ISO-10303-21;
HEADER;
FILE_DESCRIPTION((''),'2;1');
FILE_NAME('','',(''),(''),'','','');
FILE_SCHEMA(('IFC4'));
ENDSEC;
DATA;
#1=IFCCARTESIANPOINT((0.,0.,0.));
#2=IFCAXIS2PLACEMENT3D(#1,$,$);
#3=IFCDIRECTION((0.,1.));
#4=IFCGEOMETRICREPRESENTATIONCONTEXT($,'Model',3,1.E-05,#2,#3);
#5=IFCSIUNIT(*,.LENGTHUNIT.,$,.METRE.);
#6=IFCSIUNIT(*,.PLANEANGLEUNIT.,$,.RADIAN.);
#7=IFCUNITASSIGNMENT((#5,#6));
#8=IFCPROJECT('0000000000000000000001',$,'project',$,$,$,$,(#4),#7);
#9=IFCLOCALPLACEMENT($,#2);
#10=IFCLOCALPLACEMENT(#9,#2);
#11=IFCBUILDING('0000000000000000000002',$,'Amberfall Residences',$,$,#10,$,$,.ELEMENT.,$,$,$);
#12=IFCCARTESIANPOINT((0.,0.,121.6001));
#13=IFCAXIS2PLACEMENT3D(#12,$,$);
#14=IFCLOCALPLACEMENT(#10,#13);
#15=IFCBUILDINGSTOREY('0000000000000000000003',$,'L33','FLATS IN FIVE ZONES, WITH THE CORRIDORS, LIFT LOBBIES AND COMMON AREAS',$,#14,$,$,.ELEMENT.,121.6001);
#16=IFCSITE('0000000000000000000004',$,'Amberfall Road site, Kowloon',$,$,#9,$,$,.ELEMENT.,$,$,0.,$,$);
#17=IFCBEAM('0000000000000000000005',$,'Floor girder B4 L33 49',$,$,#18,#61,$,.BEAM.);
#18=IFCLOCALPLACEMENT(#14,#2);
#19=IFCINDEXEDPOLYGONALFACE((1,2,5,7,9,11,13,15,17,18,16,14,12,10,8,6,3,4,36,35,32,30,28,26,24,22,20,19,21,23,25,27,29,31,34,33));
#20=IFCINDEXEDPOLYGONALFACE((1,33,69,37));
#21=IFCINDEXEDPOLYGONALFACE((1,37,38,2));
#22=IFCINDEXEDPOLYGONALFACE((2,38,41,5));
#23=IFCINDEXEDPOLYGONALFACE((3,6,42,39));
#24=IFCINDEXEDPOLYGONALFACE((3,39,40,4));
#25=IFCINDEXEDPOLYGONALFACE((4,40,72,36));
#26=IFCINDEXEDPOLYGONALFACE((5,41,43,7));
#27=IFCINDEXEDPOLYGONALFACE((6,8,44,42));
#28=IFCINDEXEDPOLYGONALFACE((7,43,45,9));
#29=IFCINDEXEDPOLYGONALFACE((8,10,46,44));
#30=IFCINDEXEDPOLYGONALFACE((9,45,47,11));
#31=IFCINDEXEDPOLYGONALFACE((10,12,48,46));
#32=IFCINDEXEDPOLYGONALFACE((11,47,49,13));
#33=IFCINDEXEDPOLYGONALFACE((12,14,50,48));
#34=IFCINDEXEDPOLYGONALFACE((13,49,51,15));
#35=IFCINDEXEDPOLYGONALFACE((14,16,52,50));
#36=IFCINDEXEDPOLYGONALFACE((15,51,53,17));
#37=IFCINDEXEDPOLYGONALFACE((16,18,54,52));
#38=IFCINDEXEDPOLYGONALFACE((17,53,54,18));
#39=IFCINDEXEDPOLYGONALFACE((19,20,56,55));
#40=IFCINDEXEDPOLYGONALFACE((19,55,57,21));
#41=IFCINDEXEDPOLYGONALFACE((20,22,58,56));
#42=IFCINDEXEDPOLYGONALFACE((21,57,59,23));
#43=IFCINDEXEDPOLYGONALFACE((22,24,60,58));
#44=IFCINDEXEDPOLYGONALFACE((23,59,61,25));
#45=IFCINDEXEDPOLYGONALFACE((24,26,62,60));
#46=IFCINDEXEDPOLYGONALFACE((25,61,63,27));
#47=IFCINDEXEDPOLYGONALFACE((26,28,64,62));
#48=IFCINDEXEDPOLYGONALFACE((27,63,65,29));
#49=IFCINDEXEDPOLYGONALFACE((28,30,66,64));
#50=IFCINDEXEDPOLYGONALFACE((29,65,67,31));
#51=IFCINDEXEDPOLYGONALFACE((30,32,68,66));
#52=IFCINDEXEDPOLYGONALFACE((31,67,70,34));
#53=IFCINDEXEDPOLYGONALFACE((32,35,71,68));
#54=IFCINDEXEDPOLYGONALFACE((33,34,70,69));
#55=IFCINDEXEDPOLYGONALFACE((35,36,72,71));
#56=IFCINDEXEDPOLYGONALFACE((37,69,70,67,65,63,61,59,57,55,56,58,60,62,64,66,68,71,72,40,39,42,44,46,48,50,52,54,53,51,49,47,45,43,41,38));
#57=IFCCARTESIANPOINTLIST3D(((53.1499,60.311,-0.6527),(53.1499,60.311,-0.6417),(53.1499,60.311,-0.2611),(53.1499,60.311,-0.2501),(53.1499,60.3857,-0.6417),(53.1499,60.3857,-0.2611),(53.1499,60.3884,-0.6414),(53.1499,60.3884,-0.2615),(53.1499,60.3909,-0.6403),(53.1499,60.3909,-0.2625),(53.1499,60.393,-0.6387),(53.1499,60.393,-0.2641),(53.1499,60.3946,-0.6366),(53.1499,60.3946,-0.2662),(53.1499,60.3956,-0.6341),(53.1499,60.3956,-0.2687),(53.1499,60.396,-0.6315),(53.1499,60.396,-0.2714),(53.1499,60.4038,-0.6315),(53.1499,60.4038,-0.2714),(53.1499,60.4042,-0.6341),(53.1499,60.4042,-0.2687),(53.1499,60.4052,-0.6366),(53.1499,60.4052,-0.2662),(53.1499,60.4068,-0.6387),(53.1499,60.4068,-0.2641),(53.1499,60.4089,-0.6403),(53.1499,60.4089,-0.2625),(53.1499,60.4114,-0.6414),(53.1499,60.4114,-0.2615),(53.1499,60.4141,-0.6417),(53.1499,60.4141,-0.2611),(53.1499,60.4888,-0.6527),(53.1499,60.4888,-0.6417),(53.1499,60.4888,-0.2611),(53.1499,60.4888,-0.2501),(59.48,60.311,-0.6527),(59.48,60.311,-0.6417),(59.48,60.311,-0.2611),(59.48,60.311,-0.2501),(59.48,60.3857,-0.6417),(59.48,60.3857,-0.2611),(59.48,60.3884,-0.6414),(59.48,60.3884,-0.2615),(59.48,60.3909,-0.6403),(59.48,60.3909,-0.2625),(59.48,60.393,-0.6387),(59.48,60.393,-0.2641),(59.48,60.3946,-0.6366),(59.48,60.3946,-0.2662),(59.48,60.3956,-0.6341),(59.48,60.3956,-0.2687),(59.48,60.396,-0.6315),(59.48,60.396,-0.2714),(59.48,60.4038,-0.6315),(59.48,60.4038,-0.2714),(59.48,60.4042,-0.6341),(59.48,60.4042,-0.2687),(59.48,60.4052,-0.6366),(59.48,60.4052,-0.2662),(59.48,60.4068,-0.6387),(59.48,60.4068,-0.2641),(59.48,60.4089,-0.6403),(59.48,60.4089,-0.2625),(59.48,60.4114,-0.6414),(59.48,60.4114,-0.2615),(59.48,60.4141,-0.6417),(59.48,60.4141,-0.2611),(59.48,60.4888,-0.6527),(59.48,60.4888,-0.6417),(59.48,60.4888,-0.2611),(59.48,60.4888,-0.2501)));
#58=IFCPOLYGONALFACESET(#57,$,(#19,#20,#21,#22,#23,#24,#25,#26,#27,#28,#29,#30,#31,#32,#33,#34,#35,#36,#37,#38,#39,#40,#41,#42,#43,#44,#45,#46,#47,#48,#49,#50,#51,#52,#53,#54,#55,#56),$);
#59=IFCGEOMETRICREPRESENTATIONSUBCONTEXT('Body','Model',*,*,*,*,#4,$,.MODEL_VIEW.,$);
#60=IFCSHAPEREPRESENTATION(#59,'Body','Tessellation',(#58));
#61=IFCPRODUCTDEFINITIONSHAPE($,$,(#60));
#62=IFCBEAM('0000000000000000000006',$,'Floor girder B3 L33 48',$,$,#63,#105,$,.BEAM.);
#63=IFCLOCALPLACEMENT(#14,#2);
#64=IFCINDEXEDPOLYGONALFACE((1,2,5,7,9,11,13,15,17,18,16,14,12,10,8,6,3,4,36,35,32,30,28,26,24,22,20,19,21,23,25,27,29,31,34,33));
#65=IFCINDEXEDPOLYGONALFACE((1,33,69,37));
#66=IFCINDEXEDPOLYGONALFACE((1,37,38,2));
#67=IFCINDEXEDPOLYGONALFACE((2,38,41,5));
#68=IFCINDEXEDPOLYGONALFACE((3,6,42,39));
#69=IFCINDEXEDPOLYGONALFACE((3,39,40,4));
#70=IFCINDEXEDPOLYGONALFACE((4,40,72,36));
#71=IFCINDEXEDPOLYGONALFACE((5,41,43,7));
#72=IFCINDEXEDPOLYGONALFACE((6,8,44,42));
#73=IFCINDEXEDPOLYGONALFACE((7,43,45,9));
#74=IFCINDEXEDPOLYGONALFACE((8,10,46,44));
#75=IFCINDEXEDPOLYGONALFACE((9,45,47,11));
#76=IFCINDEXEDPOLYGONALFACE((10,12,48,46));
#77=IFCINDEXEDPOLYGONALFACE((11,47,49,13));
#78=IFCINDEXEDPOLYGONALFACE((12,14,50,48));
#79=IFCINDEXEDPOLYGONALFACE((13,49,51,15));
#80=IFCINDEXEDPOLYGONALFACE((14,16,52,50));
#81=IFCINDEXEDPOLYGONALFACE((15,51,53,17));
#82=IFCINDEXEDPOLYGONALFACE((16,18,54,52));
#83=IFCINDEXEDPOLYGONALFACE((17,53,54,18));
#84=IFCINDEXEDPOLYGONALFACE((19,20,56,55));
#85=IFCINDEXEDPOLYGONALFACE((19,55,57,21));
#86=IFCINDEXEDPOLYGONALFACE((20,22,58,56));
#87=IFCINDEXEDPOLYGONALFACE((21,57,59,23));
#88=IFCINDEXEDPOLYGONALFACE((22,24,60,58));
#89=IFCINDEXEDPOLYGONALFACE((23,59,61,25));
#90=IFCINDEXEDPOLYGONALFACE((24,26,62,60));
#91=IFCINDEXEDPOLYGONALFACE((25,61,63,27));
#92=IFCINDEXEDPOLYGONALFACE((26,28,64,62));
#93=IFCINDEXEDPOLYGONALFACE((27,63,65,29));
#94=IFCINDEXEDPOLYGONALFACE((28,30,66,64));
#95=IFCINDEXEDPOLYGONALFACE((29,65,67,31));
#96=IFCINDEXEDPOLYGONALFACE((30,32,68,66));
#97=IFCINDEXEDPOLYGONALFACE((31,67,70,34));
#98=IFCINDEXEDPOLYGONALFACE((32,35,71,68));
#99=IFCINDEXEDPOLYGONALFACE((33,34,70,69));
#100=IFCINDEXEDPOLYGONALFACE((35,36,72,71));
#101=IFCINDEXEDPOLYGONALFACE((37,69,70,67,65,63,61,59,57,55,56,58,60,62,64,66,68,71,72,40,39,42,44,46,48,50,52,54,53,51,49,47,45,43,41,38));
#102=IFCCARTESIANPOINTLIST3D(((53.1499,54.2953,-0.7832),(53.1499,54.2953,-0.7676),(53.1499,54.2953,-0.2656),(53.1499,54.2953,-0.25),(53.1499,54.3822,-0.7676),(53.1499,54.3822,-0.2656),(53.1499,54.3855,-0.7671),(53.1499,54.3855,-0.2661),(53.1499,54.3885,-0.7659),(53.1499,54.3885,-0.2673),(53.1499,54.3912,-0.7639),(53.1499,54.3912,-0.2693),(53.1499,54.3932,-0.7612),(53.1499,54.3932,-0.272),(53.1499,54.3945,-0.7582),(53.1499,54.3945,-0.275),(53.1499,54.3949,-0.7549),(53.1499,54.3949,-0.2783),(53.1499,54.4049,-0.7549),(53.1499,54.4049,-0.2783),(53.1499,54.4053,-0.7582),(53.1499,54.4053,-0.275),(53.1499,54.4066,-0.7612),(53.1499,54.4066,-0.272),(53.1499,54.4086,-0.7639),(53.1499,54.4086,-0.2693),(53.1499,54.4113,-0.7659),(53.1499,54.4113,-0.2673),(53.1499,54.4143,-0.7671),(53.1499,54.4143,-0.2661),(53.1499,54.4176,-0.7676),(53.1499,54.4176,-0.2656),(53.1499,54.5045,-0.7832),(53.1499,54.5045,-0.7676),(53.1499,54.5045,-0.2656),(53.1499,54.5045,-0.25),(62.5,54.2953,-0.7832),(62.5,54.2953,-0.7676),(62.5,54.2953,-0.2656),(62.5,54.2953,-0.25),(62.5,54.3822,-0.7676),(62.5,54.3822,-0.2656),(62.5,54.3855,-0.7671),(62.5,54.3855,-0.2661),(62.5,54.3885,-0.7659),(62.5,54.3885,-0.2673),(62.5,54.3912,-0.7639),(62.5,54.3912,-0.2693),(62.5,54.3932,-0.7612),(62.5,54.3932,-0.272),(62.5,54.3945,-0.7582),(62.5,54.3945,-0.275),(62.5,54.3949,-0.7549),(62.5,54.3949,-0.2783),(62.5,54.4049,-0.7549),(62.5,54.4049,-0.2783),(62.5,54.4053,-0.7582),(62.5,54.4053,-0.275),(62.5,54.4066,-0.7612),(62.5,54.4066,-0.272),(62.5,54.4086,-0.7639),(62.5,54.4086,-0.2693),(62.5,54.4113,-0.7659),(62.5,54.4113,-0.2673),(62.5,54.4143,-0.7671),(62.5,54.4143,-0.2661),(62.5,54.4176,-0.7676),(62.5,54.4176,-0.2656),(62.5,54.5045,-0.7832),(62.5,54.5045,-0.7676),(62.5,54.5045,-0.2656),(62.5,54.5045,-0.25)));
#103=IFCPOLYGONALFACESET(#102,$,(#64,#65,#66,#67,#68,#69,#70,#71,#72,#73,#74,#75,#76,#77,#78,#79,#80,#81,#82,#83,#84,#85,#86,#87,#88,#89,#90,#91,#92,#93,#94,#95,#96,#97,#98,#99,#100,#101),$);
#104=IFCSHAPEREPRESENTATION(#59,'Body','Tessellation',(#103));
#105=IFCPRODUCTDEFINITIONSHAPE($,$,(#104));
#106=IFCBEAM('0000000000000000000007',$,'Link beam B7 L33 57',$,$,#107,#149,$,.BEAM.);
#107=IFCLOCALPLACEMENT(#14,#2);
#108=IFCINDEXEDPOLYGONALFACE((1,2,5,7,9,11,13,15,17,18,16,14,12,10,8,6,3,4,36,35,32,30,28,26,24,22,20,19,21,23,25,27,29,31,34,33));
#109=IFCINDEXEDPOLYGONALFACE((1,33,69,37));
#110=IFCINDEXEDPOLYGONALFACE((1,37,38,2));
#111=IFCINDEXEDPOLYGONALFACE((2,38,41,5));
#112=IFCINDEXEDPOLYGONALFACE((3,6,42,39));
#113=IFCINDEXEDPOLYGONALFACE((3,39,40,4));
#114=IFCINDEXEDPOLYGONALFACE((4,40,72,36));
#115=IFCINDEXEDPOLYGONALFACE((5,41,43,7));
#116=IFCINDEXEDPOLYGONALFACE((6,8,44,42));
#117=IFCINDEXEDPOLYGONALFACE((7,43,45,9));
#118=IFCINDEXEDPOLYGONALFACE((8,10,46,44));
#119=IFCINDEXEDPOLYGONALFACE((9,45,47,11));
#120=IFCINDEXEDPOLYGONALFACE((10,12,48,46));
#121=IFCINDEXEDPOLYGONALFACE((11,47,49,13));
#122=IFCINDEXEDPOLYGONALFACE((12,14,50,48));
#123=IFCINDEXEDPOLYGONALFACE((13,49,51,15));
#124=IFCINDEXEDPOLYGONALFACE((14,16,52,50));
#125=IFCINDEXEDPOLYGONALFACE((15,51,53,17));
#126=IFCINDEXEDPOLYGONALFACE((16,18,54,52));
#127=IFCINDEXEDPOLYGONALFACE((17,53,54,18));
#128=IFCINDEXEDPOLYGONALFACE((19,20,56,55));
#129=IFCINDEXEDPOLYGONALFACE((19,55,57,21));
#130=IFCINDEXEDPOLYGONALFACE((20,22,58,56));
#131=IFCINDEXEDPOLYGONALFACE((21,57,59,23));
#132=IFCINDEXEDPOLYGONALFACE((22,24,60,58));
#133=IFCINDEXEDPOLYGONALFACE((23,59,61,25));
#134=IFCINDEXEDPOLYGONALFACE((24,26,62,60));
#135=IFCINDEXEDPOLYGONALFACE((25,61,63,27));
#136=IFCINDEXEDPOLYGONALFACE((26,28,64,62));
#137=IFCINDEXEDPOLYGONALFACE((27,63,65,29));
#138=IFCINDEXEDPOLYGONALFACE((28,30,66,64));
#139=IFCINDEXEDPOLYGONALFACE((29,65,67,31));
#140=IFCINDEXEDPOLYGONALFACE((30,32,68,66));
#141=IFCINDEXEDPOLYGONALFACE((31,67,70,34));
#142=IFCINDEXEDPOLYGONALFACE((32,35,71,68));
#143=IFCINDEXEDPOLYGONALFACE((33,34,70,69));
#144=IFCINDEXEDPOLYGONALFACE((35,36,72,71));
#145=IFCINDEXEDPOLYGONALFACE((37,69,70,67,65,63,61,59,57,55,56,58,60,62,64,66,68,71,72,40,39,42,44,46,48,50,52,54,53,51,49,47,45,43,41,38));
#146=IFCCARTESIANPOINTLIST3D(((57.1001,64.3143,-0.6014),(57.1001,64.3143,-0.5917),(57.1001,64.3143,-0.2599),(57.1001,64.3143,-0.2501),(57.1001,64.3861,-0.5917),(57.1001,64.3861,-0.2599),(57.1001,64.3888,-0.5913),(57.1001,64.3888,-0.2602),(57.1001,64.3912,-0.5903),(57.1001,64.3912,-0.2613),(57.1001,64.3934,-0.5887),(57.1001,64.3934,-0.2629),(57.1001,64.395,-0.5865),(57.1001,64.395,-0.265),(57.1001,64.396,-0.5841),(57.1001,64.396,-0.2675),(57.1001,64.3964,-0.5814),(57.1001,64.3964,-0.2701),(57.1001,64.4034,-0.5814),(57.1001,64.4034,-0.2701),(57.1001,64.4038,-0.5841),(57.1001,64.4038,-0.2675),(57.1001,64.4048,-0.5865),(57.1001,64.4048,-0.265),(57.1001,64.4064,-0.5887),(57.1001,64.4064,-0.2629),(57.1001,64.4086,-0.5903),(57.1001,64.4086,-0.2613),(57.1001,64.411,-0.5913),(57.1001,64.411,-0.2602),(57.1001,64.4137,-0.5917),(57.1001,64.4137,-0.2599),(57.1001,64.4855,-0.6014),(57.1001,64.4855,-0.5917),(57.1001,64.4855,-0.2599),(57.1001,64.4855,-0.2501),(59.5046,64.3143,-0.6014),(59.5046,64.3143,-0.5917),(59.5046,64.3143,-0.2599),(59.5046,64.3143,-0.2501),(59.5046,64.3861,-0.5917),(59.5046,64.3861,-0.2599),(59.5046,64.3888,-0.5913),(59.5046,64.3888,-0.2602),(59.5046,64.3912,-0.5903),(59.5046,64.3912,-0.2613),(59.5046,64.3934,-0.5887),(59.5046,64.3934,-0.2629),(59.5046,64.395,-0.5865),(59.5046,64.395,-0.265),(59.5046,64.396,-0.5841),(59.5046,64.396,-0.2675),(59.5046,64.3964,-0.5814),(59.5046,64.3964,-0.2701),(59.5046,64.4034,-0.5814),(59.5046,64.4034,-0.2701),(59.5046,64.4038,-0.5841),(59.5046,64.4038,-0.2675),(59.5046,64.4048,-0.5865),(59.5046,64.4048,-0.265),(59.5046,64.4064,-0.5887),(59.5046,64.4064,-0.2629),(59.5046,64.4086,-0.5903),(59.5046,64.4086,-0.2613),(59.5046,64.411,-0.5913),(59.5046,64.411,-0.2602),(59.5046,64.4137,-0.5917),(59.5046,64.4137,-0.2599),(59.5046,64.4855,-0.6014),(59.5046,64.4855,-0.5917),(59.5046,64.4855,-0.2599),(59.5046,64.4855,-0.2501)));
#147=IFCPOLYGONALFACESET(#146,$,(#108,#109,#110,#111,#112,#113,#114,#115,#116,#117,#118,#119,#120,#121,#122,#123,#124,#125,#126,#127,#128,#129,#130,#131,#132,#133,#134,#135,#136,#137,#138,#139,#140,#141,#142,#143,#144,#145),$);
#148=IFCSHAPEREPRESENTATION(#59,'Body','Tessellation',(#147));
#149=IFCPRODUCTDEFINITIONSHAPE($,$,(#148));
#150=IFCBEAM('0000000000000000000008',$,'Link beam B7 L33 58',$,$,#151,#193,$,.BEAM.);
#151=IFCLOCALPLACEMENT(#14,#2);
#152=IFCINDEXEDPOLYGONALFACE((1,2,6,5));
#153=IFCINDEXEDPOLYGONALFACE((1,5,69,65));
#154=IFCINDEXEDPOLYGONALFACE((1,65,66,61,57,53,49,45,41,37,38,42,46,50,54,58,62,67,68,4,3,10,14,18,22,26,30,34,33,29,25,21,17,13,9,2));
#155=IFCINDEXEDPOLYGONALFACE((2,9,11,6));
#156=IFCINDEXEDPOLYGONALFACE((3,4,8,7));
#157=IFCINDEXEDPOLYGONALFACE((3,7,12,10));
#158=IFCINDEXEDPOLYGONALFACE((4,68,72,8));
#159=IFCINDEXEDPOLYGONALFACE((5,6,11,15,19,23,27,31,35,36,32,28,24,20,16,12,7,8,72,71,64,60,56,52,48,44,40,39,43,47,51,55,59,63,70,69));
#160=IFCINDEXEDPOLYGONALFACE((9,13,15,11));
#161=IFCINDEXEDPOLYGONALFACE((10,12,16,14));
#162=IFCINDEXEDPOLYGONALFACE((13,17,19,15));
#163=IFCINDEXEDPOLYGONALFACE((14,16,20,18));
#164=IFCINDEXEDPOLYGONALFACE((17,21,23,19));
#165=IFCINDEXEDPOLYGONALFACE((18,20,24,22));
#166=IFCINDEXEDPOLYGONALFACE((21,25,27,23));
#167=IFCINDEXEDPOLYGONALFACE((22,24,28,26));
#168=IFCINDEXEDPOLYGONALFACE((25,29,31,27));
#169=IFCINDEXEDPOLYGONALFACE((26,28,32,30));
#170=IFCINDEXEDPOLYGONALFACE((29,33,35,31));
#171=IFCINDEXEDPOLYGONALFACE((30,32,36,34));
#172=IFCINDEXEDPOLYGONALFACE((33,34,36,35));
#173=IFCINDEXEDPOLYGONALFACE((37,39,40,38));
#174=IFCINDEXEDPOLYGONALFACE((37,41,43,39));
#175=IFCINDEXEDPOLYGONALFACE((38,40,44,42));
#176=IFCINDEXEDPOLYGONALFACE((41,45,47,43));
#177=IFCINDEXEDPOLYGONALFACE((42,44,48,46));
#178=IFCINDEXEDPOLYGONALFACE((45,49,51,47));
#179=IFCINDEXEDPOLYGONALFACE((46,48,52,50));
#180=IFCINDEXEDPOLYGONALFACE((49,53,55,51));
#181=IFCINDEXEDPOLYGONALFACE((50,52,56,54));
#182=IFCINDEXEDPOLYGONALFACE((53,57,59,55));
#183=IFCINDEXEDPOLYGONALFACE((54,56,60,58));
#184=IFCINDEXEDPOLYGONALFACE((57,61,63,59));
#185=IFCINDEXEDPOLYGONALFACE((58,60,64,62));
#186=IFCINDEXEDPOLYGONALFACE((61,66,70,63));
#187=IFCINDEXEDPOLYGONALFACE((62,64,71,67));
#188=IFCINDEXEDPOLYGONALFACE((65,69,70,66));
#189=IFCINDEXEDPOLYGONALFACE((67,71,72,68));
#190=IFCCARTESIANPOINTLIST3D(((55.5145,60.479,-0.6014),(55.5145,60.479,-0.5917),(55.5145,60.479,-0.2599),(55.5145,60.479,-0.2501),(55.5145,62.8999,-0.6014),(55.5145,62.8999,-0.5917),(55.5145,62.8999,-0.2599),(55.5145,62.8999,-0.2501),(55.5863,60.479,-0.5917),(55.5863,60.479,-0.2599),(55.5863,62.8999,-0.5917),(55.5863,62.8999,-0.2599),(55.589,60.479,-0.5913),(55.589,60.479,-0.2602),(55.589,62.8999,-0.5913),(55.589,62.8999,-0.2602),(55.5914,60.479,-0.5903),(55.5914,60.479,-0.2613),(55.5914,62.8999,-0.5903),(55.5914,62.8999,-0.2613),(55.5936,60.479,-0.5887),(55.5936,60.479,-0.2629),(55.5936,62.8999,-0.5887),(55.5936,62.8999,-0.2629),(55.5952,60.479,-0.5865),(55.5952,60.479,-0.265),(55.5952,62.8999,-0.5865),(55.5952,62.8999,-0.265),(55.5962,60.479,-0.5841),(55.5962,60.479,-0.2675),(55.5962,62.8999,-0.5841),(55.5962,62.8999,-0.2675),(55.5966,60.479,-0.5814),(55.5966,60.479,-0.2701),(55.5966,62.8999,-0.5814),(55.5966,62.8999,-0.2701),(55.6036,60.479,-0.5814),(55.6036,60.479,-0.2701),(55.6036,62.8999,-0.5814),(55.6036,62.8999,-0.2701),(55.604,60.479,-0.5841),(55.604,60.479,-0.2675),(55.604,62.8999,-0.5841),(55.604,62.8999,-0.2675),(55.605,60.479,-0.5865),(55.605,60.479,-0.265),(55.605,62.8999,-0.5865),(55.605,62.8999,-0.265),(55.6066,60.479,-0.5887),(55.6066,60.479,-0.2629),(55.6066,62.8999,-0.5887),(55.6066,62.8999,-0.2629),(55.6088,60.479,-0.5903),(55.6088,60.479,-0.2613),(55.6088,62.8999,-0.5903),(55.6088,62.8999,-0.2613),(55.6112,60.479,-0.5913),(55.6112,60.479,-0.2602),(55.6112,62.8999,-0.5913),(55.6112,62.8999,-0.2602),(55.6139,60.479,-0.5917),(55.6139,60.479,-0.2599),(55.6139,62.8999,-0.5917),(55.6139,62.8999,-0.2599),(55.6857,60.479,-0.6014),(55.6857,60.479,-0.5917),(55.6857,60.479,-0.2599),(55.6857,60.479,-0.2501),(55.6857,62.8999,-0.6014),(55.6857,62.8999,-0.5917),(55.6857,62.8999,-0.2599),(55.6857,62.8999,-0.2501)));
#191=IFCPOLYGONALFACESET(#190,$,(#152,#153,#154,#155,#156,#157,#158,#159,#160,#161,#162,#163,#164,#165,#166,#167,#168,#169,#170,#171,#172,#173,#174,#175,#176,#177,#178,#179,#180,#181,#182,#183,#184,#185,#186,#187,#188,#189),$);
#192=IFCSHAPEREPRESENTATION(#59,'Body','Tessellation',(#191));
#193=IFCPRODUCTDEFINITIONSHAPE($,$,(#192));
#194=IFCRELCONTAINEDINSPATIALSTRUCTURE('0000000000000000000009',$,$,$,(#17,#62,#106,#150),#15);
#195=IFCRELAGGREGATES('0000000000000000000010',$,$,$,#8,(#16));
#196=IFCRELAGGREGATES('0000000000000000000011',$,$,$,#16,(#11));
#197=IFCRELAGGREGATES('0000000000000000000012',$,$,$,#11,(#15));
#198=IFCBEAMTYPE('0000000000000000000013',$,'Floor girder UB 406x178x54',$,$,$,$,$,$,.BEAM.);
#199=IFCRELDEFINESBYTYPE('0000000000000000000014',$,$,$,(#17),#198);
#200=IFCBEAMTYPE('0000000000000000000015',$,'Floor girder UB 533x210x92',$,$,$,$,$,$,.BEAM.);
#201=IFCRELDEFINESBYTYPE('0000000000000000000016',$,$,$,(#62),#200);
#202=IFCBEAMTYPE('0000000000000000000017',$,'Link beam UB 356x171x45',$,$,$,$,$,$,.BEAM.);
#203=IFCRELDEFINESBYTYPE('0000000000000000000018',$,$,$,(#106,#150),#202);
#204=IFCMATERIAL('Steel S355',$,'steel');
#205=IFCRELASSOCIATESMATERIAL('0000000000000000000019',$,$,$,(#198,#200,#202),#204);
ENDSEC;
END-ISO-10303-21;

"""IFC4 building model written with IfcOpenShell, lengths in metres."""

from ifc_helpers import new_model, si_unit, direction, frame, origin, origin_2d, place, context, subcontext, project, spatial, i_section, extrude, material, material_profile, profile_set, type_object, element, save


model = new_model("IFC4")

# Units and contexts
model_context = context("Model", 3, precision=1e-05, world=origin(), true_north=direction((0.0, 1.0)))
body_context = subcontext(model_context, "Body", "Model", "MODEL_VIEW")
ifc_project = project(units=[si_unit("LENGTHUNIT", "METRE"), si_unit("PLANEANGLEUNIT", "RADIAN")], contexts=[model_context])

# Site, building, storey
site_placement = place(None, origin())
site = spatial("IfcSite", under=ifc_project, at=site_placement, Name="Amberfall Road site, Kowloon", CompositionType="ELEMENT", RefElevation=0.0)
building_placement = place(site_placement, origin())
building = spatial("IfcBuilding", under=site, at=building_placement, Name="Amberfall Residences", CompositionType="ELEMENT")
storey_placement = place(building_placement, frame((0.0, 0.0, 121.6001)))
storey = spatial("IfcBuildingStorey", under=building, at=storey_placement, Name="L33", Description="FLATS IN FIVE ZONES, WITH THE CORRIDORS, LIFT LOBBIES AND COMMON AREAS", CompositionType="ELEMENT", Elevation=121.6001)

# Shared definitions
ifc_material_1 = material(Name="Steel S355", Category="steel")

# Beams
ifc_material_profile_1 = material_profile(ifc_material_1, i_section(OverallWidth=0.1777, OverallDepth=0.4026, WebThickness=0.0078, FlangeThickness=0.011, FilletRadius=0.0103, at=origin_2d()), Name="UB 406x178x54")
ifc_profile_set_1 = profile_set([ifc_material_profile_1], Name="Steel S355")
beam_type_1 = type_object("IfcBeamType", Name="Floor girder UB 406x178x54", PredefinedType="BEAM", material=ifc_profile_set_1)
beam_1_placement = place(storey_placement, frame((53.1499, 60.3999, -0.4514), z_axis=(1.0, 0.0, 0.0), x_axis=(0.0, 1.0, 0.0)))
element("IfcBeam", 1, at=beam_1_placement, inside=storey, type_object=beam_type_1, Name="Floor girder B4 L33 49", PredefinedType="BEAM", context=body_context, shape_type="SweptSolid", body=[
    extrude(i_section(OverallWidth=0.1777, OverallDepth=0.4026, WebThickness=0.0078, FlangeThickness=0.011, FilletRadius=0.0103, at=origin_2d()), origin(), (0.0, 0.0, 1.0), 6.3301),
])
ifc_material_profile_2 = material_profile(ifc_material_1, i_section(OverallWidth=0.2092, OverallDepth=0.5332, WebThickness=0.01, FlangeThickness=0.0156, FilletRadius=0.0127, at=origin_2d()), Name="UB 533x210x92")
ifc_profile_set_2 = profile_set([ifc_material_profile_2], Name="Steel S355")
beam_type_2 = type_object("IfcBeamType", Name="Floor girder UB 533x210x92", PredefinedType="BEAM", material=ifc_profile_set_2)
beam_2_placement = place(storey_placement, frame((53.1499, 54.3999, -0.5166), z_axis=(1.0, 0.0, 0.0), x_axis=(0.0, 1.0, 0.0)))
element("IfcBeam", 2, at=beam_2_placement, inside=storey, type_object=beam_type_2, Name="Floor girder B3 L33 48", PredefinedType="BEAM", context=body_context, shape_type="SweptSolid", body=[
    extrude(i_section(OverallWidth=0.2092, OverallDepth=0.5332, WebThickness=0.01, FlangeThickness=0.0156, FilletRadius=0.0127, at=origin_2d()), origin(), (0.0, 0.0, 1.0), 9.3501),
])
ifc_material_profile_3 = material_profile(ifc_material_1, i_section(OverallWidth=0.1711, OverallDepth=0.3513, WebThickness=0.0071, FlangeThickness=0.0098, FilletRadius=0.0103, at=origin_2d()), Name="UB 356x171x45")
ifc_profile_set_3 = profile_set([ifc_material_profile_3], Name="Steel S355")
beam_type_3 = type_object("IfcBeamType", Name="Link beam UB 356x171x45", PredefinedType="BEAM", material=ifc_profile_set_3)
beam_3_placement = place(storey_placement, frame((57.1001, 64.3999, -0.4258), z_axis=(1.0, 0.0, 0.0), x_axis=(0.0, 1.0, 0.0)))
element("IfcBeam", 3, at=beam_3_placement, inside=storey, type_object=beam_type_3, Name="Link beam B7 L33 57", PredefinedType="BEAM", context=body_context, shape_type="SweptSolid", body=[
    extrude(i_section(OverallWidth=0.1711, OverallDepth=0.3513, WebThickness=0.0071, FlangeThickness=0.0098, FilletRadius=0.0103, at=origin_2d()), origin(), (0.0, 0.0, 1.0), 2.4045),
])
beam_4_placement = place(storey_placement, frame((55.6001, 62.8999, -0.4258), z_axis=(0.0, -1.0, 0.0), x_axis=(1.0, 0.0, 0.0)))
element("IfcBeam", 4, at=beam_4_placement, inside=storey, type_object=beam_type_3, Name="Link beam B7 L33 58", PredefinedType="BEAM", context=body_context, shape_type="SweptSolid", body=[
    extrude(i_section(OverallWidth=0.1711, OverallDepth=0.3513, WebThickness=0.0071, FlangeThickness=0.0098, FilletRadius=0.0103, at=origin_2d()), origin(), (0.0, 0.0, 1.0), 2.4209),
])

save(model, "model.ifc")
